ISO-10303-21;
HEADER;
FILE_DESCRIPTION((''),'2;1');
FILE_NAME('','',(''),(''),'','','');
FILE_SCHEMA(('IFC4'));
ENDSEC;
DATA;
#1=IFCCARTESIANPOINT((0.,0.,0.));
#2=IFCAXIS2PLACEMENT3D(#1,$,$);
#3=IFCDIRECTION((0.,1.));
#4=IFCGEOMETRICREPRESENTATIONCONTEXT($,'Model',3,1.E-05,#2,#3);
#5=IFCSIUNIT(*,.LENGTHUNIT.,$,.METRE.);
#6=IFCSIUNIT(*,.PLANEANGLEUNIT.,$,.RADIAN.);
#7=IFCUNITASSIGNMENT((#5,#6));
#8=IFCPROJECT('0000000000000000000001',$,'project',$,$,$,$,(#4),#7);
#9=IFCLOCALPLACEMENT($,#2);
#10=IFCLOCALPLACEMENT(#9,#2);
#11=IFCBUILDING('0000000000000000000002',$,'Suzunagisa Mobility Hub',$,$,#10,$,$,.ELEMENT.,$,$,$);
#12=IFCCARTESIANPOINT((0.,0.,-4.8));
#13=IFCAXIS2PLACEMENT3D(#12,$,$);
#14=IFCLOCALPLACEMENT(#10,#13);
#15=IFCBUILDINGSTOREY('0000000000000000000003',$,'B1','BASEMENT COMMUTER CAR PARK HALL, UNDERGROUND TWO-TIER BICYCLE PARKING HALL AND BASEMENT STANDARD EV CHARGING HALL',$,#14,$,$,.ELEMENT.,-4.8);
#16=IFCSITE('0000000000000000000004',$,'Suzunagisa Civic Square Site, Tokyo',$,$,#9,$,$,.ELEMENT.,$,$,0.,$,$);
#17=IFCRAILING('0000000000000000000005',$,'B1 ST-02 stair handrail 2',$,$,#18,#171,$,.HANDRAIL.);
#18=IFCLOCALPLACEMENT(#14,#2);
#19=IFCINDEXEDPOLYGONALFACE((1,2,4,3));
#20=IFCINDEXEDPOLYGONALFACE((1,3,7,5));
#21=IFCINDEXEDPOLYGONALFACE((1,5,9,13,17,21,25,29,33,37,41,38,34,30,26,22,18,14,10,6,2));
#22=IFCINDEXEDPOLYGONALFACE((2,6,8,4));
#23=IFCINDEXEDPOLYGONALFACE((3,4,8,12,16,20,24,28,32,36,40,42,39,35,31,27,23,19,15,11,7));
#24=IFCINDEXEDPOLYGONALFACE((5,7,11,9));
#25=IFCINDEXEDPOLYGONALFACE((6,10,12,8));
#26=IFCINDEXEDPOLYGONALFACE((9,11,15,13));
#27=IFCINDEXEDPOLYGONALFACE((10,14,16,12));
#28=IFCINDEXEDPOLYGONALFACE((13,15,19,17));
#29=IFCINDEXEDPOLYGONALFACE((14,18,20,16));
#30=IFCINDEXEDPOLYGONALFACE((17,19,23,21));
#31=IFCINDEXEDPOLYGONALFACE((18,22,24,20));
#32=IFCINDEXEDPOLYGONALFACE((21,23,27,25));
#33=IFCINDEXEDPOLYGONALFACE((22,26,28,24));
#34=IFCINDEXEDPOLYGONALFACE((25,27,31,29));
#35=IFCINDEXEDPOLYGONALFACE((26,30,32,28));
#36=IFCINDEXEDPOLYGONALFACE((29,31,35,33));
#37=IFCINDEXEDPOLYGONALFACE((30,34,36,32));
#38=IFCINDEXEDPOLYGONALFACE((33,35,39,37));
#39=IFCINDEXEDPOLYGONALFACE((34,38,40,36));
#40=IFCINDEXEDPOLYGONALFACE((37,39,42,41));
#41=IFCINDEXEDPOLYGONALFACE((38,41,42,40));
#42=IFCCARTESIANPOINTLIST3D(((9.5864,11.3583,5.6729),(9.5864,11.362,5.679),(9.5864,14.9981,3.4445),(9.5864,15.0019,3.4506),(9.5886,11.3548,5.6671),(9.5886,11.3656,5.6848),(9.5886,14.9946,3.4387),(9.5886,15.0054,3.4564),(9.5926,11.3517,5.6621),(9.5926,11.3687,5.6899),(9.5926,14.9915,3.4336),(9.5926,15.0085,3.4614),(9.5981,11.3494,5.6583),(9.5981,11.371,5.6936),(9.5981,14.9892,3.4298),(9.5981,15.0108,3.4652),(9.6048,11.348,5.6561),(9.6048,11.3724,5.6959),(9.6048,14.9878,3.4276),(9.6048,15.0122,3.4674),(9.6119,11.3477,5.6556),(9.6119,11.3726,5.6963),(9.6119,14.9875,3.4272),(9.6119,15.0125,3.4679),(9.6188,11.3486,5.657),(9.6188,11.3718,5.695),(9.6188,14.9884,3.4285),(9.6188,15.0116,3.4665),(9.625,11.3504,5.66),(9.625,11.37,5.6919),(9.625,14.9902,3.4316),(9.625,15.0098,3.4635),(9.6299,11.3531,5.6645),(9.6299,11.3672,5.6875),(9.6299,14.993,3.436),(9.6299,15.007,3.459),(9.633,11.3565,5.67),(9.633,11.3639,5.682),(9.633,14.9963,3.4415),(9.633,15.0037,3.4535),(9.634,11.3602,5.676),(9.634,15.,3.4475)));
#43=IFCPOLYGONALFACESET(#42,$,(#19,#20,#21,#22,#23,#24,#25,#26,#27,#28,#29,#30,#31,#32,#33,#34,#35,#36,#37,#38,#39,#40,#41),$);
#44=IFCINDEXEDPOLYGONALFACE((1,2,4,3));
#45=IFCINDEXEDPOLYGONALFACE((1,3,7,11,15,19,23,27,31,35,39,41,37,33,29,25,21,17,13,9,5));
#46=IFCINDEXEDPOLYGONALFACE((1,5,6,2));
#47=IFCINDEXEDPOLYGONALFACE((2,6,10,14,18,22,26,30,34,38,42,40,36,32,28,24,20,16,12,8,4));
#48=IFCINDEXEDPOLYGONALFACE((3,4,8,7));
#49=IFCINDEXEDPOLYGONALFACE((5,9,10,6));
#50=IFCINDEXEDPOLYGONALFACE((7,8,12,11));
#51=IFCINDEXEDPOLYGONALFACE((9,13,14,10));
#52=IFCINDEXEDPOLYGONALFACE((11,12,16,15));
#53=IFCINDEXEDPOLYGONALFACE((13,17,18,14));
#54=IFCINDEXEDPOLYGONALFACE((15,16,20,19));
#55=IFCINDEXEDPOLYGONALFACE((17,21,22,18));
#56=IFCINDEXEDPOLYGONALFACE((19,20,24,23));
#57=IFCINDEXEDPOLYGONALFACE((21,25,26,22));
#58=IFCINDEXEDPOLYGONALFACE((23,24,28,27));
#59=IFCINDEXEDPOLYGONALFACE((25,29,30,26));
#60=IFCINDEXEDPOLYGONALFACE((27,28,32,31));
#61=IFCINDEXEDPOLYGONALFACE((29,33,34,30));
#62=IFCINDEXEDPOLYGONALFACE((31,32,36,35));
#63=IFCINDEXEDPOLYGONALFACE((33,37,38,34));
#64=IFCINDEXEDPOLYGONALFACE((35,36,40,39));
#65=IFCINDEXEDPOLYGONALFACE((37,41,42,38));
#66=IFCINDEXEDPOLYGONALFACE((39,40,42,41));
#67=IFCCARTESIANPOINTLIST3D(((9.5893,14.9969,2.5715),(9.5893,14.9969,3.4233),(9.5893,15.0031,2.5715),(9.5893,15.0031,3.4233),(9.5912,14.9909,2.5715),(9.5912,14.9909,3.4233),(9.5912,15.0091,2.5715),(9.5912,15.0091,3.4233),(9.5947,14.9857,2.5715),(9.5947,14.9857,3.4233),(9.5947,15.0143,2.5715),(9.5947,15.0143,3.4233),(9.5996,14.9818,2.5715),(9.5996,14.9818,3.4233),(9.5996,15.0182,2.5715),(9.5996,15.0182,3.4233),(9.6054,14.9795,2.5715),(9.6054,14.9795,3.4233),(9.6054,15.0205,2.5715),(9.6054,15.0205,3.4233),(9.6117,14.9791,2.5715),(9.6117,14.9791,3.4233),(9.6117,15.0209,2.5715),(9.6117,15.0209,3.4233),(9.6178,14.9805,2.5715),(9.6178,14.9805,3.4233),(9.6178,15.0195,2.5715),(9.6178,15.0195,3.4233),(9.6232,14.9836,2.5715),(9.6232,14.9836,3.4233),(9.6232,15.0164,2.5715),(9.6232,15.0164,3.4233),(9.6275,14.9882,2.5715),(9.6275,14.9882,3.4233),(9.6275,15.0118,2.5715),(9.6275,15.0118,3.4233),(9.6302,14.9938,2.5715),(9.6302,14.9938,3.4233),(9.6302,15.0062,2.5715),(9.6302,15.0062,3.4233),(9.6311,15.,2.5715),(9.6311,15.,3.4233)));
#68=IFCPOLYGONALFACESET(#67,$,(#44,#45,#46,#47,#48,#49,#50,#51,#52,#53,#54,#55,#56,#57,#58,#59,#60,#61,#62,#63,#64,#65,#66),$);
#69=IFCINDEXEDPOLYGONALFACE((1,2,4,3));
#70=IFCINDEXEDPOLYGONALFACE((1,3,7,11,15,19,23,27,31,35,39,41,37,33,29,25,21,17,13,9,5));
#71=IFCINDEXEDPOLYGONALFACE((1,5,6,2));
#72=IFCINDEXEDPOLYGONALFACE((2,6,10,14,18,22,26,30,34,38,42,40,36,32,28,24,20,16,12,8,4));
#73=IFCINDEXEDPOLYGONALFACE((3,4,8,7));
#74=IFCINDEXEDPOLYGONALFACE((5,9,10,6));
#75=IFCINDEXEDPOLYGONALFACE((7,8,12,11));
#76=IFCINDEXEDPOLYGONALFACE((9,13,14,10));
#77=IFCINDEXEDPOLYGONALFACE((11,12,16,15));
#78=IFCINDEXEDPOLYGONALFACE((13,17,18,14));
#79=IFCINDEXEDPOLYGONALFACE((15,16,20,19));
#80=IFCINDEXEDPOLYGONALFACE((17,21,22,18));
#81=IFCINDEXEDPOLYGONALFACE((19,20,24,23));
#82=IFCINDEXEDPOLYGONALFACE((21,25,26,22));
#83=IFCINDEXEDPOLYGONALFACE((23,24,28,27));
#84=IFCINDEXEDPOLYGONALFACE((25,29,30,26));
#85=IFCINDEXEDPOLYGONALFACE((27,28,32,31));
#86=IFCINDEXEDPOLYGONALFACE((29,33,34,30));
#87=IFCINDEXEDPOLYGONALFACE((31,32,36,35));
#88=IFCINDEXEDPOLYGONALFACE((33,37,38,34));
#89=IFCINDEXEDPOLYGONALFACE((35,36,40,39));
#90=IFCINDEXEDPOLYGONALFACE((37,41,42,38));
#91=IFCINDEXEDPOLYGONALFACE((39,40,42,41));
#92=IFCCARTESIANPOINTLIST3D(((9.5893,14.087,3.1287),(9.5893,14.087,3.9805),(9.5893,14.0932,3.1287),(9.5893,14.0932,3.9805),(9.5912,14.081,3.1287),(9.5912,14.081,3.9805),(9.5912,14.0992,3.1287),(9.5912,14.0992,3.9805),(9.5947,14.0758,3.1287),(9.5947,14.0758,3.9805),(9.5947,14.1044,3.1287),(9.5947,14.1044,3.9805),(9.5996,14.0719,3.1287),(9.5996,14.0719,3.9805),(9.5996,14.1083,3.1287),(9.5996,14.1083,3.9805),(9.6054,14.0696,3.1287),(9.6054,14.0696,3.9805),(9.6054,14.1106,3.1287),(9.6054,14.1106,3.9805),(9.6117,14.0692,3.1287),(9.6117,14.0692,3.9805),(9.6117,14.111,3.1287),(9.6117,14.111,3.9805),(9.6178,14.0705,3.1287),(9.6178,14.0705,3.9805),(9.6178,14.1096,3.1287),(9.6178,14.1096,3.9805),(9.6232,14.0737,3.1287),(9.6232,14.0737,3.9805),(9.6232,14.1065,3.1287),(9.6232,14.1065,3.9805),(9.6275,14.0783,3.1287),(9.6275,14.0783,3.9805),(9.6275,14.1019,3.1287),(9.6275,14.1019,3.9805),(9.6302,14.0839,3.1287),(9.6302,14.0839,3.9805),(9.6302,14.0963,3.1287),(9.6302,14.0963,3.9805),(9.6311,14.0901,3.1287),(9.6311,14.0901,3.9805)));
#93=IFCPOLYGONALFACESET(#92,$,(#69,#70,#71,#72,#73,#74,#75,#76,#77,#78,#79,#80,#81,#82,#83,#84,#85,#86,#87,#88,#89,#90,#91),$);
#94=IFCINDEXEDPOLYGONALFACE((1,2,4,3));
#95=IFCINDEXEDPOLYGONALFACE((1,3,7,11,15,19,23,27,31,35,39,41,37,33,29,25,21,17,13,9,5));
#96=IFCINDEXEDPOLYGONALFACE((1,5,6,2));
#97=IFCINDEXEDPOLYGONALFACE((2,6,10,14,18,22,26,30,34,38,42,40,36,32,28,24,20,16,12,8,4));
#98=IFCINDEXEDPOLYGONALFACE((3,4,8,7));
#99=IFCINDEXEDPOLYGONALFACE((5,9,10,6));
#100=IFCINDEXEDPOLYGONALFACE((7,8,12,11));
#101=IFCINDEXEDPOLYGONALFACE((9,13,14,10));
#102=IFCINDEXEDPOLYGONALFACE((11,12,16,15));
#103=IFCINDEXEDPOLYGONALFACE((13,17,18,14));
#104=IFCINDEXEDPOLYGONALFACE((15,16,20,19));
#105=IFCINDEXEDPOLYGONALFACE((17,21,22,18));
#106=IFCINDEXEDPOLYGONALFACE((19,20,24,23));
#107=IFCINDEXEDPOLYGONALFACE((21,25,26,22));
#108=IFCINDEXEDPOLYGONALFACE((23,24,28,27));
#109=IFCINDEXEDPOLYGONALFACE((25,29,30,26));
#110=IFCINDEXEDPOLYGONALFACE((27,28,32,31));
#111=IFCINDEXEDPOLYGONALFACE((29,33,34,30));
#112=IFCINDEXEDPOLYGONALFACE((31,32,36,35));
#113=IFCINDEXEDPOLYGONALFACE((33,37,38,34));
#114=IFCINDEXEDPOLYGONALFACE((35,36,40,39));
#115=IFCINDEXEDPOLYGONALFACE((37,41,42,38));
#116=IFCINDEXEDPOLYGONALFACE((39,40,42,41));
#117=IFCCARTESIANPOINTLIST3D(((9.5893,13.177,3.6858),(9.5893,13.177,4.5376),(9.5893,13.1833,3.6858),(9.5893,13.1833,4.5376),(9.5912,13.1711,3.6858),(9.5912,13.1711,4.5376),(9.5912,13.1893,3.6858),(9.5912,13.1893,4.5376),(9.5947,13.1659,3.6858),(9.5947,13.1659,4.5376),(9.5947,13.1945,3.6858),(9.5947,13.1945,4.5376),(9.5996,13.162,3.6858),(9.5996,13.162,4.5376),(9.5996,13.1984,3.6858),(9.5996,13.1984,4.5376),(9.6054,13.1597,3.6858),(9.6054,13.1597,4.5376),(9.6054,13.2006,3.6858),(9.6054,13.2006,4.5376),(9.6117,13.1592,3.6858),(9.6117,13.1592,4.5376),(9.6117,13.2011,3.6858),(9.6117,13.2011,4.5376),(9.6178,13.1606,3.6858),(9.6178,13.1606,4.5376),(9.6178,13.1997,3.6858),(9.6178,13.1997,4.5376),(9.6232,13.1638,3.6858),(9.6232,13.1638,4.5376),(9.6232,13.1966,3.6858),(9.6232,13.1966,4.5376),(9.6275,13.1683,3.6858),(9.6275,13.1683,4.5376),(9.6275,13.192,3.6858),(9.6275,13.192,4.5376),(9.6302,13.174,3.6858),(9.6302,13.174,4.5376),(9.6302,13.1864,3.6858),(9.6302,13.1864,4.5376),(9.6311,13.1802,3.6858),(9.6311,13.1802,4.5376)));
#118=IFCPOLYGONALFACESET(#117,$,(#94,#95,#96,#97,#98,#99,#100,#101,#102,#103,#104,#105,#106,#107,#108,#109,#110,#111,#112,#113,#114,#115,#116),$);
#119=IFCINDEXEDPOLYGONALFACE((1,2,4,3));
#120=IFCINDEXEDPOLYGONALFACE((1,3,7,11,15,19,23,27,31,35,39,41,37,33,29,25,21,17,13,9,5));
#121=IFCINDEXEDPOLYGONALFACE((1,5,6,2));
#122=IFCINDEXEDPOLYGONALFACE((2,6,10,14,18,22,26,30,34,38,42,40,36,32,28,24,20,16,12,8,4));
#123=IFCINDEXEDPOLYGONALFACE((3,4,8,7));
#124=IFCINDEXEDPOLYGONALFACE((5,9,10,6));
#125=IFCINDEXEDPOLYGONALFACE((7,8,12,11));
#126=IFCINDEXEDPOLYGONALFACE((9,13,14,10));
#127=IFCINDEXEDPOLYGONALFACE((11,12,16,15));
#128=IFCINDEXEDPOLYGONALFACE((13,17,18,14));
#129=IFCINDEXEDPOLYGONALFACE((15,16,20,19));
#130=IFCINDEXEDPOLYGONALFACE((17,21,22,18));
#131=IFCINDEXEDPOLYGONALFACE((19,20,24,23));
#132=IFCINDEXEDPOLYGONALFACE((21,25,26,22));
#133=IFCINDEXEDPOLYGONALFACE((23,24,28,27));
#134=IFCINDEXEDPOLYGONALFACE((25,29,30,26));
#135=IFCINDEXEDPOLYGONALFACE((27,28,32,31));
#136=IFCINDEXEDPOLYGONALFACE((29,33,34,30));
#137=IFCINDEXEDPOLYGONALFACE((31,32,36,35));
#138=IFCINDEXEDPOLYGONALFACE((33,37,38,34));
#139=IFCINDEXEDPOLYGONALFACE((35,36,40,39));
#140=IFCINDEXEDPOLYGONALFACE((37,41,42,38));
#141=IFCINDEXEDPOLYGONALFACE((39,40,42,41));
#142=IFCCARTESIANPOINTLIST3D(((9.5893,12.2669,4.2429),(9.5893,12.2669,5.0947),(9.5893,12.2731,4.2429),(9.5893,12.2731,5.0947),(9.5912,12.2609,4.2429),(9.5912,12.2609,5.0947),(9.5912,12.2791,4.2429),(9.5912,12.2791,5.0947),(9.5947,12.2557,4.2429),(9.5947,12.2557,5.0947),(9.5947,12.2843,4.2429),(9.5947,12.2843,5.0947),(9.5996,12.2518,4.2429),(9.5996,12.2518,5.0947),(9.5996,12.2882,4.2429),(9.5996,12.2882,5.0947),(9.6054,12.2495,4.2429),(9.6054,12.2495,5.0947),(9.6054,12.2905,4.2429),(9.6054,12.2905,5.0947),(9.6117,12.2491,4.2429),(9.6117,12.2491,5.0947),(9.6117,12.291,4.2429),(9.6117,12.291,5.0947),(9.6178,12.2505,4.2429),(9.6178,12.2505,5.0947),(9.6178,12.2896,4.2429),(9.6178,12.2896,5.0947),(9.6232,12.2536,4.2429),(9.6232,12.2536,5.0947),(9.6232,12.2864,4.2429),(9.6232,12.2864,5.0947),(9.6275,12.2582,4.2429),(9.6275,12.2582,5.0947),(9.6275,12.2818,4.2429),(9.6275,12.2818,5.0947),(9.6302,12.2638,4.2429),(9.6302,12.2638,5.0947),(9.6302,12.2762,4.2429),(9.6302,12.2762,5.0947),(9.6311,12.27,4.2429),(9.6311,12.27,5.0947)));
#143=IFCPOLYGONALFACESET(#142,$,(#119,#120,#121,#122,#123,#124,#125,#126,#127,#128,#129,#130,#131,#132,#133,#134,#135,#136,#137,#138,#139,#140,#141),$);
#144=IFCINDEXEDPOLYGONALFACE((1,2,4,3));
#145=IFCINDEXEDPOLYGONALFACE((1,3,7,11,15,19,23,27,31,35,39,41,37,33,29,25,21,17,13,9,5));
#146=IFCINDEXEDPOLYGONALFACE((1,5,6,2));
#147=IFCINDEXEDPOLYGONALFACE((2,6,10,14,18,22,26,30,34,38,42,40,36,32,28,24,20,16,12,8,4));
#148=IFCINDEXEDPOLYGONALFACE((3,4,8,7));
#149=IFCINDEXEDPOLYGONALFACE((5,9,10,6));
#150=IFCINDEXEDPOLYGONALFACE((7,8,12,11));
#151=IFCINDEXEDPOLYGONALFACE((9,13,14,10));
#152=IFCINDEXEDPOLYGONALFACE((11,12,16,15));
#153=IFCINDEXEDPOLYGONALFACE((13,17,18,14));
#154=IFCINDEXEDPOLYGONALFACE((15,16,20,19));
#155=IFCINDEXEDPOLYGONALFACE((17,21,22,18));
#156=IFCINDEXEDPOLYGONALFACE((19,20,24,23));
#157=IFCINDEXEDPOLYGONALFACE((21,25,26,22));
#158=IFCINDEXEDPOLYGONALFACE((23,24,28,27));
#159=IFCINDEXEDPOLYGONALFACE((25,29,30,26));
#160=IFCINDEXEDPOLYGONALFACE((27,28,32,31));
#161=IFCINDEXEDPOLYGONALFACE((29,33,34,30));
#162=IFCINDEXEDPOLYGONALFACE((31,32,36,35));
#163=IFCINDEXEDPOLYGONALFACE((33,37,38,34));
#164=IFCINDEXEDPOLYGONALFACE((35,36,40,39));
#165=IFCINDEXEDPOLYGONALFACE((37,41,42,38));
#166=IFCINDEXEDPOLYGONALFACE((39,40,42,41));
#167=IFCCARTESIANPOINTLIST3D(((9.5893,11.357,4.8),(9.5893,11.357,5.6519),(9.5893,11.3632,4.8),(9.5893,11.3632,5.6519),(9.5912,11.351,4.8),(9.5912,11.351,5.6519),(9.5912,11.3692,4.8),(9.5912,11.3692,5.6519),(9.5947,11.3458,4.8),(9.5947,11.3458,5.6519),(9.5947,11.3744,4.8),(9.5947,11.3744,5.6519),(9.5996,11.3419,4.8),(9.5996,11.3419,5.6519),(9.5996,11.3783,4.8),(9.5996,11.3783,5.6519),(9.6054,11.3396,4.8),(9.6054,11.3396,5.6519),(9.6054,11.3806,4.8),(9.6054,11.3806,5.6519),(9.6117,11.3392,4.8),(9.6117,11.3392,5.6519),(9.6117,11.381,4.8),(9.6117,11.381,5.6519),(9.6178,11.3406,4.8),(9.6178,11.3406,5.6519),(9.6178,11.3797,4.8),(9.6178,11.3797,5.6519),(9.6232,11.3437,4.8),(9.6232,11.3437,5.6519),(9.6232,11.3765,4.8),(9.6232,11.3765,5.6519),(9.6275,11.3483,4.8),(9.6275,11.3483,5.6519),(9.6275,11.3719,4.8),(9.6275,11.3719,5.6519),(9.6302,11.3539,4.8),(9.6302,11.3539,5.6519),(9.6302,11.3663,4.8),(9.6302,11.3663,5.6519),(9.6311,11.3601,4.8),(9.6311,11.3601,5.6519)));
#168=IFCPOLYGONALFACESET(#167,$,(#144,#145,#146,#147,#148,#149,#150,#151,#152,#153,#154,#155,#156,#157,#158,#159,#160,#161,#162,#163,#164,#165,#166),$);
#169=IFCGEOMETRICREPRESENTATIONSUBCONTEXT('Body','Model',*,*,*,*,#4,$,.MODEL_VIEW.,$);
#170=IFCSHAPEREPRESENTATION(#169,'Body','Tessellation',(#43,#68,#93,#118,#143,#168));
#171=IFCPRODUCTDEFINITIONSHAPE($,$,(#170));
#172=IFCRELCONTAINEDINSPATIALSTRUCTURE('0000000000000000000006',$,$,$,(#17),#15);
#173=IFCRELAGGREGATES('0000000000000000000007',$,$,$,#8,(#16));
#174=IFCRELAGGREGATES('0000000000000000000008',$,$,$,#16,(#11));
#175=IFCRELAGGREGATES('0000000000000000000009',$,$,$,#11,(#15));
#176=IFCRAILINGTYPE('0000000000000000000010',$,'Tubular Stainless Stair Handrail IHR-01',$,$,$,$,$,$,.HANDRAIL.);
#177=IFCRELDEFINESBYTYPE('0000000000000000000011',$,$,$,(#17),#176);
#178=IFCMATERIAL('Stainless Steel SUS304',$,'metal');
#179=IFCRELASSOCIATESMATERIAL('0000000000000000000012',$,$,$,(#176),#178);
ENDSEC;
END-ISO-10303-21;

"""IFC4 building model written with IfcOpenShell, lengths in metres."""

from ifc_helpers import new_model, si_unit, direction, frame, origin, origin_2d, place, context, subcontext, project, spatial, circle, extrude, material, type_object, element, save


model = new_model("IFC4")

# Units and contexts
model_context = context("Model", 3, precision=1e-05, world=origin(), true_north=direction((0.0, 1.0)))
body_context = subcontext(model_context, "Body", "Model", "MODEL_VIEW")
ifc_project = project(units=[si_unit("LENGTHUNIT", "METRE"), si_unit("PLANEANGLEUNIT", "RADIAN")], contexts=[model_context])

# Site, building, storey
site_placement = place(None, origin())
site = spatial("IfcSite", under=ifc_project, at=site_placement, Name="Suzunagisa Civic Square Site, Tokyo", CompositionType="ELEMENT", RefElevation=0.0)
building_placement = place(site_placement, origin())
building = spatial("IfcBuilding", under=site, at=building_placement, Name="Suzunagisa Mobility Hub", CompositionType="ELEMENT")
storey_placement = place(building_placement, frame((0.0, 0.0, -4.8)))
storey = spatial("IfcBuildingStorey", under=building, at=storey_placement, Name="B1", Description="BASEMENT COMMUTER CAR PARK HALL, UNDERGROUND TWO-TIER BICYCLE PARKING HALL AND BASEMENT STANDARD EV CHARGING HALL", CompositionType="ELEMENT", Elevation=-4.8)

# Railing
ifc_material_1 = material(Name="Stainless Steel SUS304", Category="metal")
railing_type_1 = type_object("IfcRailingType", Name="Tubular Stainless Stair Handrail IHR-01", PredefinedType="HANDRAIL", material=ifc_material_1)
railing_1_placement = place(storey_placement, frame((9.6101, 15.0, 2.5715)))
element("IfcRailing", 1, at=railing_1_placement, inside=storey, type_object=railing_type_1, Name="B1 ST-02 stair handrail 2", PredefinedType="HANDRAIL", context=body_context, shape_type="SweptSolid", body=[
    extrude(circle(Radius=0.0239, at=origin_2d()), frame((0.0, 0.0, 0.876), z_axis=(0.0, -0.85285, 0.522156), x_axis=(1.0, 0.0, 0.0)), (0.0, 0.0, 1.0), 4.2678),
    extrude(circle(Radius=0.021, at=origin_2d()), origin(), (0.0, 0.0, 1.0), 0.8518),
    extrude(circle(Radius=0.021, at=origin_2d()), frame((0.0, -0.9099, 0.5571)), (0.0, 0.0, 1.0), 0.8518),
    extrude(circle(Radius=0.021, at=origin_2d()), frame((0.0, -1.8198, 1.1143)), (0.0, 0.0, 1.0), 0.8518),
    extrude(circle(Radius=0.021, at=origin_2d()), frame((0.0, -2.73, 1.6714)), (0.0, 0.0, 1.0), 0.8518),
    extrude(circle(Radius=0.021, at=origin_2d()), frame((0.0, -3.6399, 2.2285)), (0.0, 0.0, 1.0), 0.8518),
])

save(model, "model.ifc")
